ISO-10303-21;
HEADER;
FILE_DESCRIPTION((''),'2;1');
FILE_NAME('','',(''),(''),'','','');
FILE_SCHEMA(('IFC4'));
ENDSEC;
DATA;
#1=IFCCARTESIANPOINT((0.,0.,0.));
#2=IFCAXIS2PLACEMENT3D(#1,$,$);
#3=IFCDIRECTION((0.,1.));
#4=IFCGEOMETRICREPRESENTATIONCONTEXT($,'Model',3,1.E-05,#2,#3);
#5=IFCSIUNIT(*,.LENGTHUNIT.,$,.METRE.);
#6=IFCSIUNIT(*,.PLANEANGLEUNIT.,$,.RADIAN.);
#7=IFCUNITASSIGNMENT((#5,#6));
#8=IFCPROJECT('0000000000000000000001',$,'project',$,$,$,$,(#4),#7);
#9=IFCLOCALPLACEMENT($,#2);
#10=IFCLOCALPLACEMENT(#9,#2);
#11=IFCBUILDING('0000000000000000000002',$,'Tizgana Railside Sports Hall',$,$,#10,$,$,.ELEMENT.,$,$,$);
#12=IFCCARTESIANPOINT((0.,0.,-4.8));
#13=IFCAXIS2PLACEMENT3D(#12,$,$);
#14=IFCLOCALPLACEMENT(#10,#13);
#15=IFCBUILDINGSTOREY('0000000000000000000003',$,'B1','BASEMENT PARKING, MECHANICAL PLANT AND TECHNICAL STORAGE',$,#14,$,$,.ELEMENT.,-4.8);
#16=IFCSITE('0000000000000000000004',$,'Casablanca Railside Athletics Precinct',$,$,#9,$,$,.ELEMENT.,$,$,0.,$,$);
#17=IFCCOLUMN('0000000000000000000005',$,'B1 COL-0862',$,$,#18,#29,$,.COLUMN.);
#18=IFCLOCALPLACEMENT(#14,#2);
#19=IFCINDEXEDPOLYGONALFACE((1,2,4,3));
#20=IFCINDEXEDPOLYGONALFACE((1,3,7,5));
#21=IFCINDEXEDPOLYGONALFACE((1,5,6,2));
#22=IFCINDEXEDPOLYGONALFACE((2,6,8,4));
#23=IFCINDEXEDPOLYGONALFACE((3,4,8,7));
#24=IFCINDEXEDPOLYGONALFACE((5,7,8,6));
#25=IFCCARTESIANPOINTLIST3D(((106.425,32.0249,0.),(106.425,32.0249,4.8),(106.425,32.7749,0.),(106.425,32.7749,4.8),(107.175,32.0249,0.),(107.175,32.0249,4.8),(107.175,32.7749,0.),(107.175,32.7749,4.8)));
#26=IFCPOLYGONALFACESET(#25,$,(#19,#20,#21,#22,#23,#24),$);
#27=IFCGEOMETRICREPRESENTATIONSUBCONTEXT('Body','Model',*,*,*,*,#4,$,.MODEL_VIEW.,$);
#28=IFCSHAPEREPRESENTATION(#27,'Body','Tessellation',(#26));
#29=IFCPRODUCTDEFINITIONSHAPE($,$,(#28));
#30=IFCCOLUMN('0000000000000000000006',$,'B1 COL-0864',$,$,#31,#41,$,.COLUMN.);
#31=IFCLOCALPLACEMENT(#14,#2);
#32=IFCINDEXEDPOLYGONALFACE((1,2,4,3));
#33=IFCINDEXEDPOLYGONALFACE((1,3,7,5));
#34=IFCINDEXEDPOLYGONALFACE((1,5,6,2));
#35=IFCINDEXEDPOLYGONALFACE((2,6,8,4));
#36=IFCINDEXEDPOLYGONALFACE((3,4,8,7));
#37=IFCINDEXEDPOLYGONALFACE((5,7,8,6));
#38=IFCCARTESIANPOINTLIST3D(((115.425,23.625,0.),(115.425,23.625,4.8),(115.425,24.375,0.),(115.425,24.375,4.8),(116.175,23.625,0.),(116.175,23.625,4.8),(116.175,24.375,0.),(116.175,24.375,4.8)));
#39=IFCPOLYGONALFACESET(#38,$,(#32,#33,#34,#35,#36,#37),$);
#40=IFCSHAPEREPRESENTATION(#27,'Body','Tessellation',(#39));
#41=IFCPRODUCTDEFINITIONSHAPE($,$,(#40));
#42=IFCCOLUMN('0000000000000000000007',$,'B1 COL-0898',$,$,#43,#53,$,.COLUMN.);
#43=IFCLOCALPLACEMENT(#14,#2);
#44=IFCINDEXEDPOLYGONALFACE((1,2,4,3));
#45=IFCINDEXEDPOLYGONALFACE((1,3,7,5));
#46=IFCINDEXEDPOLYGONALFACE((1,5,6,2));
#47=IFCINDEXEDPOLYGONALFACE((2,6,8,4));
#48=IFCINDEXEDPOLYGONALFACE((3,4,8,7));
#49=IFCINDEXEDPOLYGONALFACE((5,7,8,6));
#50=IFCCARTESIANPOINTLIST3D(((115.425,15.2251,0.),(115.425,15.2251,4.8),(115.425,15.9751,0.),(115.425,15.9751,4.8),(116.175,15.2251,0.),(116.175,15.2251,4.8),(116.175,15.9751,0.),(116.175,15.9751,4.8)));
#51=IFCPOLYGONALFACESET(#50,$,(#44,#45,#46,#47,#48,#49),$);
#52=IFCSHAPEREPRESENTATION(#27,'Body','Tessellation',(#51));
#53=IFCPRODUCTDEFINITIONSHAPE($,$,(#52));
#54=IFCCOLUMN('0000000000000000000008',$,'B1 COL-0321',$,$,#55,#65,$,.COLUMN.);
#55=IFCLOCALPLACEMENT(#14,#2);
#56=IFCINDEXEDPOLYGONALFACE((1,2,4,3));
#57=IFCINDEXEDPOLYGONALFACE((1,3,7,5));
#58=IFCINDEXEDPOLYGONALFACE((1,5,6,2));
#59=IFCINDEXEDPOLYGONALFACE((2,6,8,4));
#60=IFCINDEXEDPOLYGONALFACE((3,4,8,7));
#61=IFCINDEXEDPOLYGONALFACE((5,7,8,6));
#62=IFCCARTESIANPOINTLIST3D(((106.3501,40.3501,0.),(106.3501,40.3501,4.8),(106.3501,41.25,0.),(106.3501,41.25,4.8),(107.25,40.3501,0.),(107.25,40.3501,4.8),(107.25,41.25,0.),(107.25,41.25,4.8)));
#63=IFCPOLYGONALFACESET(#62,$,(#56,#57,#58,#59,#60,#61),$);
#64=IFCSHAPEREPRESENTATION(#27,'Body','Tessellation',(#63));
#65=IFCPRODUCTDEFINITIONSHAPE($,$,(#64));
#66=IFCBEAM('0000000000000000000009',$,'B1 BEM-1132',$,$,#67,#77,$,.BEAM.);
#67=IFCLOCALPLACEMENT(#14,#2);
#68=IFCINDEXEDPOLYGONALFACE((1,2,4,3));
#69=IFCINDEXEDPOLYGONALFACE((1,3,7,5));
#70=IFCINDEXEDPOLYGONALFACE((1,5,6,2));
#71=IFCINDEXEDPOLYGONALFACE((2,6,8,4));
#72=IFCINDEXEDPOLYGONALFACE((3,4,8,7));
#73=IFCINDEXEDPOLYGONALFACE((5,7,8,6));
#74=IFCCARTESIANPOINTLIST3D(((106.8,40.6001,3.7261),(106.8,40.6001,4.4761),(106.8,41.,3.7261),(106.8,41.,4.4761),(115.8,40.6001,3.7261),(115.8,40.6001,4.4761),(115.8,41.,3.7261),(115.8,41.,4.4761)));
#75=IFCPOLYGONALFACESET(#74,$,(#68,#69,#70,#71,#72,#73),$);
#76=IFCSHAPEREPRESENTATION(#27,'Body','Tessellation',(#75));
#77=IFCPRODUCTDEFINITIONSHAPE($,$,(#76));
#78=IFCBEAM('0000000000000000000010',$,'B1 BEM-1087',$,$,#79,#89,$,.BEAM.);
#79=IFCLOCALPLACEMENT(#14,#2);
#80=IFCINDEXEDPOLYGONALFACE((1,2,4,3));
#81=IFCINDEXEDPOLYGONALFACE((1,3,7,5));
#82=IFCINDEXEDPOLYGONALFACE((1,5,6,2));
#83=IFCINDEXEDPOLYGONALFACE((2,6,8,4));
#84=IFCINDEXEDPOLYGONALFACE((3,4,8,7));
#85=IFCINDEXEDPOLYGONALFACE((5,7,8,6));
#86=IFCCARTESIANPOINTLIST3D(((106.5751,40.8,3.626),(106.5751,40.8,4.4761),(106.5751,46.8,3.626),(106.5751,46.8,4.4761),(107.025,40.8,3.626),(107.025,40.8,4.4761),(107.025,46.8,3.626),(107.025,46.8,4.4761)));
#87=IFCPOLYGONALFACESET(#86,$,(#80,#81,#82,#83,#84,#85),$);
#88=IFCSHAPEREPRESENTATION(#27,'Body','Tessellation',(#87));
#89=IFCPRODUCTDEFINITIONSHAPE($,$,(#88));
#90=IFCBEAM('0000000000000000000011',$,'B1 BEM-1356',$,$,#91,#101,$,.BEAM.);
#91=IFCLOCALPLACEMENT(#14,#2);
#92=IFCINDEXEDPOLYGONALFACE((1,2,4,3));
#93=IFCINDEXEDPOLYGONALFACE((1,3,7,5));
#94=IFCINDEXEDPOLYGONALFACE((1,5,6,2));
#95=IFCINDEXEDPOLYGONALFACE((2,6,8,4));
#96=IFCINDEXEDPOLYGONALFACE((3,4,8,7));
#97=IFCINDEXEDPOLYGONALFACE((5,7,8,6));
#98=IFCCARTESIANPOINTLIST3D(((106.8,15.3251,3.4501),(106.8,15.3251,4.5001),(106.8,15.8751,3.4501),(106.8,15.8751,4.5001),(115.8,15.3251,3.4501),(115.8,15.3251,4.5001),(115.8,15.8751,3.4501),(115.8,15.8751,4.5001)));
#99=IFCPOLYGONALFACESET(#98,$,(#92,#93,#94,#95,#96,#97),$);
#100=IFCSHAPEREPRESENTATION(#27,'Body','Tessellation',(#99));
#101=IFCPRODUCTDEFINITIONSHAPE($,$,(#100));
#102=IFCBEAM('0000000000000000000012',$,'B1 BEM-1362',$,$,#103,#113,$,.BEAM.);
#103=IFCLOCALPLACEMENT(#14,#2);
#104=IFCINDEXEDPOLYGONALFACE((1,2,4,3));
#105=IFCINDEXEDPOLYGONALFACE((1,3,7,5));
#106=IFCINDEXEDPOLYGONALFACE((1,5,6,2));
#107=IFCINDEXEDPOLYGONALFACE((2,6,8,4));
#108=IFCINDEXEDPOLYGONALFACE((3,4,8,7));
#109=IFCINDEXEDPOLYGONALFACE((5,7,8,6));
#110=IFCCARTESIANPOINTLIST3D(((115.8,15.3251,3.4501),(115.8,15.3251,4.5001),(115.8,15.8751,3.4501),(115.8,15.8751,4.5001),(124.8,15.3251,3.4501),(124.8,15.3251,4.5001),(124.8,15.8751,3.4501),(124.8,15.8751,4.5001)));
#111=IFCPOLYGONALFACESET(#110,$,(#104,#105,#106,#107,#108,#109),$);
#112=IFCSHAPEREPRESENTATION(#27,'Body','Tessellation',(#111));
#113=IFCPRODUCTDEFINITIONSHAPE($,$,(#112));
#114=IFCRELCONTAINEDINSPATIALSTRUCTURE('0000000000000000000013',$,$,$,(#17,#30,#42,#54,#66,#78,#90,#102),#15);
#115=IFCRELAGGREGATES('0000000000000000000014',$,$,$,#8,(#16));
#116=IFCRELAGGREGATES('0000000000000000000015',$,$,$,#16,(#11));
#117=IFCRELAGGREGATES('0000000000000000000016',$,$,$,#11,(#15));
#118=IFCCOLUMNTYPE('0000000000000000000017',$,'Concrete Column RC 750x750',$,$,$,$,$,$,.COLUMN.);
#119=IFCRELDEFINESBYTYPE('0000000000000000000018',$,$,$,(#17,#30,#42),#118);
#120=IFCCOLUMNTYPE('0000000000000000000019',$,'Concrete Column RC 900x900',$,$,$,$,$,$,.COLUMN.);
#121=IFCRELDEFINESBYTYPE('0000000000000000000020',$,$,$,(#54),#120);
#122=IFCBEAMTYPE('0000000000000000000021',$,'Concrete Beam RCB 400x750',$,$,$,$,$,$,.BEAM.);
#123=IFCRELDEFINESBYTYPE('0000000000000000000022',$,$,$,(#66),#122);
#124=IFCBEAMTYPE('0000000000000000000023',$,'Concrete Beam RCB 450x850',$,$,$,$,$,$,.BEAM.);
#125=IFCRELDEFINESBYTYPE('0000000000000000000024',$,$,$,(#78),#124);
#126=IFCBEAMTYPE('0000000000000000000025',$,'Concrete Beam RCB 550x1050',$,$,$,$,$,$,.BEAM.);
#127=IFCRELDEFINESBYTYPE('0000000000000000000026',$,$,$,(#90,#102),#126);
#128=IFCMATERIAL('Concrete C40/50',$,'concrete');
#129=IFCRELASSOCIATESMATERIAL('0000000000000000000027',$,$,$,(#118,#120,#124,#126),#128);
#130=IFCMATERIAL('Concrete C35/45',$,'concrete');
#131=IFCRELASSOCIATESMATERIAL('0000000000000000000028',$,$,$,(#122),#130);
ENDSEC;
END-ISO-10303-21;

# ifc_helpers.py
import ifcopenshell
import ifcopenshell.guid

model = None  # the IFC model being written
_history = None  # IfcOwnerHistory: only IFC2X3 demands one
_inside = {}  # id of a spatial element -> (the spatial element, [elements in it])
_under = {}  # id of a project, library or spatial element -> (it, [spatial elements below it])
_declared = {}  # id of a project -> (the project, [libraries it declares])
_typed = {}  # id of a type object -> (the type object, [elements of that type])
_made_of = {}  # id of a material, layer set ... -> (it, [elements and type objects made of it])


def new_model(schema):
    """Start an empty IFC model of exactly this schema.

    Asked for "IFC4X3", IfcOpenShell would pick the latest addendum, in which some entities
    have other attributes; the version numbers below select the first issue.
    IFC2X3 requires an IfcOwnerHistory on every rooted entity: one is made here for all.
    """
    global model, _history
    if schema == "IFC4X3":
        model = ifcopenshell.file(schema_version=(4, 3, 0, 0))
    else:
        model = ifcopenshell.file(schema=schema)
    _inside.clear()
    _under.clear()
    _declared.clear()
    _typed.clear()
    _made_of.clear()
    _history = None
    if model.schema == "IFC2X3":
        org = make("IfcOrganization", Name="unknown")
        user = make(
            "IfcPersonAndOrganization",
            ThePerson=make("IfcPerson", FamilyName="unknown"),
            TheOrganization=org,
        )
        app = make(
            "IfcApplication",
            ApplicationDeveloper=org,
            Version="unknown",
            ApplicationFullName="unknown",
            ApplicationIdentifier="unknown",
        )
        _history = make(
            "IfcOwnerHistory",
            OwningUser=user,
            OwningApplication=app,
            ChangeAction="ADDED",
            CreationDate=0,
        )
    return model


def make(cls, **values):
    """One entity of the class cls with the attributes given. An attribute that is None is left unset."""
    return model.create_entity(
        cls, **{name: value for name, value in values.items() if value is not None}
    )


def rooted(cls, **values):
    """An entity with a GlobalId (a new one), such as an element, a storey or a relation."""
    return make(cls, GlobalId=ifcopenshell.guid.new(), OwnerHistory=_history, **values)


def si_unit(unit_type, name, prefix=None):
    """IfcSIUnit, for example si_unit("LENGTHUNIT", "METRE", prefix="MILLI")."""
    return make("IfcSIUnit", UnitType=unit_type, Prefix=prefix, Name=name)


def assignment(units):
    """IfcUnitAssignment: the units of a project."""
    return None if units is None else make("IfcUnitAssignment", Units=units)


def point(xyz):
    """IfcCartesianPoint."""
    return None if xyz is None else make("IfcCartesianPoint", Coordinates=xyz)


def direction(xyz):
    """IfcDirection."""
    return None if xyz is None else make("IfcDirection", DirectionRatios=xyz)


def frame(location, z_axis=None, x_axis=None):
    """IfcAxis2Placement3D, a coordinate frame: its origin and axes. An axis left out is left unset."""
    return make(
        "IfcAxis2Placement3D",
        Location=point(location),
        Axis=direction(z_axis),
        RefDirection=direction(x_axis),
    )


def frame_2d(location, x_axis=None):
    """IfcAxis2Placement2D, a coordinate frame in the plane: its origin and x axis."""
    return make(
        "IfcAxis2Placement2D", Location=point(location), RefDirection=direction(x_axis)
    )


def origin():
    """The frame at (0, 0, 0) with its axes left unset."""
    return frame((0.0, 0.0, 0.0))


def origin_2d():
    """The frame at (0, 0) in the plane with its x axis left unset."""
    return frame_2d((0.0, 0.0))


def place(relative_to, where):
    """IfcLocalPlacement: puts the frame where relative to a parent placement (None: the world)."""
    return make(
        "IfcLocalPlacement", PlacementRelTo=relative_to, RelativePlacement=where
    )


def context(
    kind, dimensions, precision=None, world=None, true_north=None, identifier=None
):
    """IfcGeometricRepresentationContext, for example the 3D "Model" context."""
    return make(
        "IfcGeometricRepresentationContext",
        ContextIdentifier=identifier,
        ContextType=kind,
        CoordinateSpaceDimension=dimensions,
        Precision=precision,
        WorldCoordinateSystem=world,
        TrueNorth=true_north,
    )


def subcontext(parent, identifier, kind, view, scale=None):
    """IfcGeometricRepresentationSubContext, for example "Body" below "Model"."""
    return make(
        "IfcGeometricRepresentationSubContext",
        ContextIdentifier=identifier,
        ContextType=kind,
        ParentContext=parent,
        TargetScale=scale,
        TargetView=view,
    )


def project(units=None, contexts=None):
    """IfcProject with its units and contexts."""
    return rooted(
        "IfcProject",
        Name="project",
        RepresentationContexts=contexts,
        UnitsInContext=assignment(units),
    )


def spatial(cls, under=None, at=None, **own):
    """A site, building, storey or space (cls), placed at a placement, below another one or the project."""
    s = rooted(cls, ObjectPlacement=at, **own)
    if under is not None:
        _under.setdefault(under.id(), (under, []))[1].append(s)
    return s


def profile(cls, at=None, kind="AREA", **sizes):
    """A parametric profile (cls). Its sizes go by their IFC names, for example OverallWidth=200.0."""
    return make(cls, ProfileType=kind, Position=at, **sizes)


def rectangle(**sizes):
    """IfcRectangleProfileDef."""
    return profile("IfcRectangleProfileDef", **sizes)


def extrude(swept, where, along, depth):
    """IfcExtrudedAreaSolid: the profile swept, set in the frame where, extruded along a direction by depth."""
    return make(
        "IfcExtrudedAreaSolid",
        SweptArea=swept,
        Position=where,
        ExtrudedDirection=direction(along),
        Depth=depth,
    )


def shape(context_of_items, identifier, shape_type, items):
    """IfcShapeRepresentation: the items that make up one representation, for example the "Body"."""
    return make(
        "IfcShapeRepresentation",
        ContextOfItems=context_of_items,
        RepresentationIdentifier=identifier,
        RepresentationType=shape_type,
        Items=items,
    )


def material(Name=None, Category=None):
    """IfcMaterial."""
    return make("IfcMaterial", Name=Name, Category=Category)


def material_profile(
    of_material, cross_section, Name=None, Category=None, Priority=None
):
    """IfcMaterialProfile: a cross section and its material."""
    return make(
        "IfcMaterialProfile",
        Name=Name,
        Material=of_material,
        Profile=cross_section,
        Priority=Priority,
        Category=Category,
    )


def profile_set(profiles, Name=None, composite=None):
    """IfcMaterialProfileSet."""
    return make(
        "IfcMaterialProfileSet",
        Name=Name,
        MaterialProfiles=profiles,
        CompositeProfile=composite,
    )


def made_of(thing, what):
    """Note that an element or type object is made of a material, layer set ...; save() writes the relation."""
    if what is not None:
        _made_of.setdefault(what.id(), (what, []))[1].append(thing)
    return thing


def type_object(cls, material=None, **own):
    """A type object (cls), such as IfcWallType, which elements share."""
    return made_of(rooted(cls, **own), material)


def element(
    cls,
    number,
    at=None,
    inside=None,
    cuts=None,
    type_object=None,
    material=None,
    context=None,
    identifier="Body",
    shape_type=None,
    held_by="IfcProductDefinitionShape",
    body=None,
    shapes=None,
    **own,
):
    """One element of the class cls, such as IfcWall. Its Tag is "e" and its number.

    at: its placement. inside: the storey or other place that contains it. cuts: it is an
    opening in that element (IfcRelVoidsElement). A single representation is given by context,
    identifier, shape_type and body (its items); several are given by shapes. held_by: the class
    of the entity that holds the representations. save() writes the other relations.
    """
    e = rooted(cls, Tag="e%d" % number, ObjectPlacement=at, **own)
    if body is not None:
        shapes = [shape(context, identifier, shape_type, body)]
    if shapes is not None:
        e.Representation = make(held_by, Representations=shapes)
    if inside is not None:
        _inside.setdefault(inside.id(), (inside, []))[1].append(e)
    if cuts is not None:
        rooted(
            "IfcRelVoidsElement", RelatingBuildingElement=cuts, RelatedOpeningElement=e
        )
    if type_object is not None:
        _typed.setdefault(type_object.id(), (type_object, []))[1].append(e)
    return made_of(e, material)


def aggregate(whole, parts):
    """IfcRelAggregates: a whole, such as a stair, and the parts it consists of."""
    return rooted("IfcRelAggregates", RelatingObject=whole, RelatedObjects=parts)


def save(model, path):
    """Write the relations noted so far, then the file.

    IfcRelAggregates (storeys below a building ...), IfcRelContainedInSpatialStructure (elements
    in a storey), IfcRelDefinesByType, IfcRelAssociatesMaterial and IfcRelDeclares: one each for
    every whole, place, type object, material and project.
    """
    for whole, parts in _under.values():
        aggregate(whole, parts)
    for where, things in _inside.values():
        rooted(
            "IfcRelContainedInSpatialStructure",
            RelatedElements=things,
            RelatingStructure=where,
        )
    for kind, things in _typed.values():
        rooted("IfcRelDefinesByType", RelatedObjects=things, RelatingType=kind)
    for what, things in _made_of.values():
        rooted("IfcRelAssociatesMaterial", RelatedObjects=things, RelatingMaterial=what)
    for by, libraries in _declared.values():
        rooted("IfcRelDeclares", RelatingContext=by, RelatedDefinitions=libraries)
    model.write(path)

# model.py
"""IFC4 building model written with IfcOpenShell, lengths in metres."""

from ifc_helpers import new_model, si_unit, direction, frame, origin, origin_2d, place, context, subcontext, project, spatial, rectangle, extrude, material, material_profile, profile_set, type_object, element, save


model = new_model("IFC4")

# Units and contexts
model_context = context("Model", 3, precision=1e-05, world=origin(), true_north=direction((0.0, 1.0)))
body_context = subcontext(model_context, "Body", "Model", "MODEL_VIEW")
ifc_project = project(units=[si_unit("LENGTHUNIT", "METRE"), si_unit("PLANEANGLEUNIT", "RADIAN")], contexts=[model_context])

# Site, building, storey
site_placement = place(None, origin())
site = spatial("IfcSite", under=ifc_project, at=site_placement, Name="Casablanca Railside Athletics Precinct", CompositionType="ELEMENT", RefElevation=0.0)
building_placement = place(site_placement, origin())
building = spatial("IfcBuilding", under=site, at=building_placement, Name="Tizgana Railside Sports Hall", CompositionType="ELEMENT")
storey_placement = place(building_placement, frame((0.0, 0.0, -4.8)))
storey = spatial("IfcBuildingStorey", under=building, at=storey_placement, Name="B1", Description="BASEMENT PARKING, MECHANICAL PLANT AND TECHNICAL STORAGE", CompositionType="ELEMENT", Elevation=-4.8)

# Shared definitions
ifc_material_1 = material(Name="Concrete C35/45", Category="concrete")

# Columns
ifc_material_2 = material(Name="Concrete C40/50", Category="concrete")
ifc_material_profile_1 = material_profile(ifc_material_2, rectangle(XDim=0.75, YDim=0.75, at=origin_2d()), Name="RC 750x750")
ifc_profile_set_1 = profile_set([ifc_material_profile_1], Name="Concrete C40/50")
column_type_1 = type_object("IfcColumnType", Name="Concrete Column RC 750x750", PredefinedType="COLUMN", material=ifc_profile_set_1)
for number, where, z_axis, x_axis, name in (
    (1, (106.8, 32.3999, 0.0), (0.0, 0.0, 1.0), (1.0, 0.0, 0.0), "B1 COL-0862"),
    (2, (115.8, 24.0, 0.0), (0.0, 0.0, 1.0), (1.0, 0.0, 0.0), "B1 COL-0864"),
    (3, (115.8, 15.6001, 0.0), (0.0, 0.0, 1.0), (1.0, 0.0, 0.0), "B1 COL-0898"),
):
    element("IfcColumn", number, at=place(storey_placement, frame(where, z_axis=z_axis, x_axis=x_axis)), inside=storey, type_object=column_type_1, Name=name, PredefinedType="COLUMN", context=body_context, shape_type="SweptSolid", body=[
        extrude(rectangle(XDim=0.75, YDim=0.75, at=origin_2d()), origin(), (0.0, 0.0, 1.0), 4.8),
    ])
ifc_material_profile_2 = material_profile(ifc_material_2, rectangle(XDim=0.8999, YDim=0.8999, at=origin_2d()), Name="RC 900x900")
ifc_profile_set_2 = profile_set([ifc_material_profile_2], Name="Concrete C40/50")
column_type_2 = type_object("IfcColumnType", Name="Concrete Column RC 900x900", PredefinedType="COLUMN", material=ifc_profile_set_2)
column_1_placement = place(storey_placement, frame((106.8, 40.8, 0.0), z_axis=(0.0, 0.0, 1.0), x_axis=(1.0, 0.0, 0.0)))
element("IfcColumn", 4, at=column_1_placement, inside=storey, type_object=column_type_2, Name="B1 COL-0321", PredefinedType="COLUMN", context=body_context, shape_type="SweptSolid", body=[
    extrude(rectangle(XDim=0.8999, YDim=0.8999, at=origin_2d()), origin(), (0.0, 0.0, 1.0), 4.8),
])

# Beams
ifc_material_profile_3 = material_profile(ifc_material_1, rectangle(XDim=0.3999, YDim=0.75, at=origin_2d()), Name="RCB 400x750")
ifc_profile_set_3 = profile_set([ifc_material_profile_3], Name="Concrete C35/45")
beam_type_1 = type_object("IfcBeamType", Name="Concrete Beam RCB 400x750", PredefinedType="BEAM", material=ifc_profile_set_3)
beam_1_placement = place(storey_placement, frame((106.8, 40.8, 4.1011), z_axis=(1.0, 0.0, 0.0), x_axis=(0.0, 1.0, 0.0)))
element("IfcBeam", 5, at=beam_1_placement, inside=storey, type_object=beam_type_1, Name="B1 BEM-1132", PredefinedType="BEAM", context=body_context, shape_type="SweptSolid", body=[
    extrude(rectangle(XDim=0.3999, YDim=0.75, at=origin_2d()), origin(), (0.0, 0.0, 1.0), 9.0),
])
ifc_material_profile_4 = material_profile(ifc_material_2, rectangle(XDim=0.45, YDim=0.8501, at=origin_2d()), Name="RCB 450x850")
ifc_profile_set_4 = profile_set([ifc_material_profile_4], Name="Concrete C40/50")
beam_type_2 = type_object("IfcBeamType", Name="Concrete Beam RCB 450x850", PredefinedType="BEAM", material=ifc_profile_set_4)
beam_2_placement = place(storey_placement, frame((106.8, 40.8, 4.051), z_axis=(0.0, 1.0, 0.0), x_axis=(-1.0, 0.0, 0.0)))
element("IfcBeam", 6, at=beam_2_placement, inside=storey, type_object=beam_type_2, Name="B1 BEM-1087", PredefinedType="BEAM", context=body_context, shape_type="SweptSolid", body=[
    extrude(rectangle(XDim=0.45, YDim=0.8501, at=origin_2d()), origin(), (0.0, 0.0, 1.0), 6.0),
])
ifc_material_profile_5 = material_profile(ifc_material_2, rectangle(XDim=0.55, YDim=1.05, at=origin_2d()), Name="RCB 550x1050")
ifc_profile_set_5 = profile_set([ifc_material_profile_5], Name="Concrete C40/50")
beam_type_3 = type_object("IfcBeamType", Name="Concrete Beam RCB 550x1050", PredefinedType="BEAM", material=ifc_profile_set_5)
for number, where, z_axis, x_axis, name in (
    (7, (106.8, 15.6001, 3.9751), (1.0, 0.0, 0.0), (0.0, 1.0, 0.0), "B1 BEM-1356"),
    (8, (115.8, 15.6001, 3.9751), (1.0, 0.0, 0.0), (0.0, 1.0, 0.0), "B1 BEM-1362"),
):
    element("IfcBeam", number, at=place(storey_placement, frame(where, z_axis=z_axis, x_axis=x_axis)), inside=storey, type_object=beam_type_3, Name=name, PredefinedType="BEAM", context=body_context, shape_type="SweptSolid", body=[
        extrude(rectangle(XDim=0.55, YDim=1.05, at=origin_2d()), origin(), (0.0, 0.0, 1.0), 9.0),
    ])

save(model, "model.ifc")
